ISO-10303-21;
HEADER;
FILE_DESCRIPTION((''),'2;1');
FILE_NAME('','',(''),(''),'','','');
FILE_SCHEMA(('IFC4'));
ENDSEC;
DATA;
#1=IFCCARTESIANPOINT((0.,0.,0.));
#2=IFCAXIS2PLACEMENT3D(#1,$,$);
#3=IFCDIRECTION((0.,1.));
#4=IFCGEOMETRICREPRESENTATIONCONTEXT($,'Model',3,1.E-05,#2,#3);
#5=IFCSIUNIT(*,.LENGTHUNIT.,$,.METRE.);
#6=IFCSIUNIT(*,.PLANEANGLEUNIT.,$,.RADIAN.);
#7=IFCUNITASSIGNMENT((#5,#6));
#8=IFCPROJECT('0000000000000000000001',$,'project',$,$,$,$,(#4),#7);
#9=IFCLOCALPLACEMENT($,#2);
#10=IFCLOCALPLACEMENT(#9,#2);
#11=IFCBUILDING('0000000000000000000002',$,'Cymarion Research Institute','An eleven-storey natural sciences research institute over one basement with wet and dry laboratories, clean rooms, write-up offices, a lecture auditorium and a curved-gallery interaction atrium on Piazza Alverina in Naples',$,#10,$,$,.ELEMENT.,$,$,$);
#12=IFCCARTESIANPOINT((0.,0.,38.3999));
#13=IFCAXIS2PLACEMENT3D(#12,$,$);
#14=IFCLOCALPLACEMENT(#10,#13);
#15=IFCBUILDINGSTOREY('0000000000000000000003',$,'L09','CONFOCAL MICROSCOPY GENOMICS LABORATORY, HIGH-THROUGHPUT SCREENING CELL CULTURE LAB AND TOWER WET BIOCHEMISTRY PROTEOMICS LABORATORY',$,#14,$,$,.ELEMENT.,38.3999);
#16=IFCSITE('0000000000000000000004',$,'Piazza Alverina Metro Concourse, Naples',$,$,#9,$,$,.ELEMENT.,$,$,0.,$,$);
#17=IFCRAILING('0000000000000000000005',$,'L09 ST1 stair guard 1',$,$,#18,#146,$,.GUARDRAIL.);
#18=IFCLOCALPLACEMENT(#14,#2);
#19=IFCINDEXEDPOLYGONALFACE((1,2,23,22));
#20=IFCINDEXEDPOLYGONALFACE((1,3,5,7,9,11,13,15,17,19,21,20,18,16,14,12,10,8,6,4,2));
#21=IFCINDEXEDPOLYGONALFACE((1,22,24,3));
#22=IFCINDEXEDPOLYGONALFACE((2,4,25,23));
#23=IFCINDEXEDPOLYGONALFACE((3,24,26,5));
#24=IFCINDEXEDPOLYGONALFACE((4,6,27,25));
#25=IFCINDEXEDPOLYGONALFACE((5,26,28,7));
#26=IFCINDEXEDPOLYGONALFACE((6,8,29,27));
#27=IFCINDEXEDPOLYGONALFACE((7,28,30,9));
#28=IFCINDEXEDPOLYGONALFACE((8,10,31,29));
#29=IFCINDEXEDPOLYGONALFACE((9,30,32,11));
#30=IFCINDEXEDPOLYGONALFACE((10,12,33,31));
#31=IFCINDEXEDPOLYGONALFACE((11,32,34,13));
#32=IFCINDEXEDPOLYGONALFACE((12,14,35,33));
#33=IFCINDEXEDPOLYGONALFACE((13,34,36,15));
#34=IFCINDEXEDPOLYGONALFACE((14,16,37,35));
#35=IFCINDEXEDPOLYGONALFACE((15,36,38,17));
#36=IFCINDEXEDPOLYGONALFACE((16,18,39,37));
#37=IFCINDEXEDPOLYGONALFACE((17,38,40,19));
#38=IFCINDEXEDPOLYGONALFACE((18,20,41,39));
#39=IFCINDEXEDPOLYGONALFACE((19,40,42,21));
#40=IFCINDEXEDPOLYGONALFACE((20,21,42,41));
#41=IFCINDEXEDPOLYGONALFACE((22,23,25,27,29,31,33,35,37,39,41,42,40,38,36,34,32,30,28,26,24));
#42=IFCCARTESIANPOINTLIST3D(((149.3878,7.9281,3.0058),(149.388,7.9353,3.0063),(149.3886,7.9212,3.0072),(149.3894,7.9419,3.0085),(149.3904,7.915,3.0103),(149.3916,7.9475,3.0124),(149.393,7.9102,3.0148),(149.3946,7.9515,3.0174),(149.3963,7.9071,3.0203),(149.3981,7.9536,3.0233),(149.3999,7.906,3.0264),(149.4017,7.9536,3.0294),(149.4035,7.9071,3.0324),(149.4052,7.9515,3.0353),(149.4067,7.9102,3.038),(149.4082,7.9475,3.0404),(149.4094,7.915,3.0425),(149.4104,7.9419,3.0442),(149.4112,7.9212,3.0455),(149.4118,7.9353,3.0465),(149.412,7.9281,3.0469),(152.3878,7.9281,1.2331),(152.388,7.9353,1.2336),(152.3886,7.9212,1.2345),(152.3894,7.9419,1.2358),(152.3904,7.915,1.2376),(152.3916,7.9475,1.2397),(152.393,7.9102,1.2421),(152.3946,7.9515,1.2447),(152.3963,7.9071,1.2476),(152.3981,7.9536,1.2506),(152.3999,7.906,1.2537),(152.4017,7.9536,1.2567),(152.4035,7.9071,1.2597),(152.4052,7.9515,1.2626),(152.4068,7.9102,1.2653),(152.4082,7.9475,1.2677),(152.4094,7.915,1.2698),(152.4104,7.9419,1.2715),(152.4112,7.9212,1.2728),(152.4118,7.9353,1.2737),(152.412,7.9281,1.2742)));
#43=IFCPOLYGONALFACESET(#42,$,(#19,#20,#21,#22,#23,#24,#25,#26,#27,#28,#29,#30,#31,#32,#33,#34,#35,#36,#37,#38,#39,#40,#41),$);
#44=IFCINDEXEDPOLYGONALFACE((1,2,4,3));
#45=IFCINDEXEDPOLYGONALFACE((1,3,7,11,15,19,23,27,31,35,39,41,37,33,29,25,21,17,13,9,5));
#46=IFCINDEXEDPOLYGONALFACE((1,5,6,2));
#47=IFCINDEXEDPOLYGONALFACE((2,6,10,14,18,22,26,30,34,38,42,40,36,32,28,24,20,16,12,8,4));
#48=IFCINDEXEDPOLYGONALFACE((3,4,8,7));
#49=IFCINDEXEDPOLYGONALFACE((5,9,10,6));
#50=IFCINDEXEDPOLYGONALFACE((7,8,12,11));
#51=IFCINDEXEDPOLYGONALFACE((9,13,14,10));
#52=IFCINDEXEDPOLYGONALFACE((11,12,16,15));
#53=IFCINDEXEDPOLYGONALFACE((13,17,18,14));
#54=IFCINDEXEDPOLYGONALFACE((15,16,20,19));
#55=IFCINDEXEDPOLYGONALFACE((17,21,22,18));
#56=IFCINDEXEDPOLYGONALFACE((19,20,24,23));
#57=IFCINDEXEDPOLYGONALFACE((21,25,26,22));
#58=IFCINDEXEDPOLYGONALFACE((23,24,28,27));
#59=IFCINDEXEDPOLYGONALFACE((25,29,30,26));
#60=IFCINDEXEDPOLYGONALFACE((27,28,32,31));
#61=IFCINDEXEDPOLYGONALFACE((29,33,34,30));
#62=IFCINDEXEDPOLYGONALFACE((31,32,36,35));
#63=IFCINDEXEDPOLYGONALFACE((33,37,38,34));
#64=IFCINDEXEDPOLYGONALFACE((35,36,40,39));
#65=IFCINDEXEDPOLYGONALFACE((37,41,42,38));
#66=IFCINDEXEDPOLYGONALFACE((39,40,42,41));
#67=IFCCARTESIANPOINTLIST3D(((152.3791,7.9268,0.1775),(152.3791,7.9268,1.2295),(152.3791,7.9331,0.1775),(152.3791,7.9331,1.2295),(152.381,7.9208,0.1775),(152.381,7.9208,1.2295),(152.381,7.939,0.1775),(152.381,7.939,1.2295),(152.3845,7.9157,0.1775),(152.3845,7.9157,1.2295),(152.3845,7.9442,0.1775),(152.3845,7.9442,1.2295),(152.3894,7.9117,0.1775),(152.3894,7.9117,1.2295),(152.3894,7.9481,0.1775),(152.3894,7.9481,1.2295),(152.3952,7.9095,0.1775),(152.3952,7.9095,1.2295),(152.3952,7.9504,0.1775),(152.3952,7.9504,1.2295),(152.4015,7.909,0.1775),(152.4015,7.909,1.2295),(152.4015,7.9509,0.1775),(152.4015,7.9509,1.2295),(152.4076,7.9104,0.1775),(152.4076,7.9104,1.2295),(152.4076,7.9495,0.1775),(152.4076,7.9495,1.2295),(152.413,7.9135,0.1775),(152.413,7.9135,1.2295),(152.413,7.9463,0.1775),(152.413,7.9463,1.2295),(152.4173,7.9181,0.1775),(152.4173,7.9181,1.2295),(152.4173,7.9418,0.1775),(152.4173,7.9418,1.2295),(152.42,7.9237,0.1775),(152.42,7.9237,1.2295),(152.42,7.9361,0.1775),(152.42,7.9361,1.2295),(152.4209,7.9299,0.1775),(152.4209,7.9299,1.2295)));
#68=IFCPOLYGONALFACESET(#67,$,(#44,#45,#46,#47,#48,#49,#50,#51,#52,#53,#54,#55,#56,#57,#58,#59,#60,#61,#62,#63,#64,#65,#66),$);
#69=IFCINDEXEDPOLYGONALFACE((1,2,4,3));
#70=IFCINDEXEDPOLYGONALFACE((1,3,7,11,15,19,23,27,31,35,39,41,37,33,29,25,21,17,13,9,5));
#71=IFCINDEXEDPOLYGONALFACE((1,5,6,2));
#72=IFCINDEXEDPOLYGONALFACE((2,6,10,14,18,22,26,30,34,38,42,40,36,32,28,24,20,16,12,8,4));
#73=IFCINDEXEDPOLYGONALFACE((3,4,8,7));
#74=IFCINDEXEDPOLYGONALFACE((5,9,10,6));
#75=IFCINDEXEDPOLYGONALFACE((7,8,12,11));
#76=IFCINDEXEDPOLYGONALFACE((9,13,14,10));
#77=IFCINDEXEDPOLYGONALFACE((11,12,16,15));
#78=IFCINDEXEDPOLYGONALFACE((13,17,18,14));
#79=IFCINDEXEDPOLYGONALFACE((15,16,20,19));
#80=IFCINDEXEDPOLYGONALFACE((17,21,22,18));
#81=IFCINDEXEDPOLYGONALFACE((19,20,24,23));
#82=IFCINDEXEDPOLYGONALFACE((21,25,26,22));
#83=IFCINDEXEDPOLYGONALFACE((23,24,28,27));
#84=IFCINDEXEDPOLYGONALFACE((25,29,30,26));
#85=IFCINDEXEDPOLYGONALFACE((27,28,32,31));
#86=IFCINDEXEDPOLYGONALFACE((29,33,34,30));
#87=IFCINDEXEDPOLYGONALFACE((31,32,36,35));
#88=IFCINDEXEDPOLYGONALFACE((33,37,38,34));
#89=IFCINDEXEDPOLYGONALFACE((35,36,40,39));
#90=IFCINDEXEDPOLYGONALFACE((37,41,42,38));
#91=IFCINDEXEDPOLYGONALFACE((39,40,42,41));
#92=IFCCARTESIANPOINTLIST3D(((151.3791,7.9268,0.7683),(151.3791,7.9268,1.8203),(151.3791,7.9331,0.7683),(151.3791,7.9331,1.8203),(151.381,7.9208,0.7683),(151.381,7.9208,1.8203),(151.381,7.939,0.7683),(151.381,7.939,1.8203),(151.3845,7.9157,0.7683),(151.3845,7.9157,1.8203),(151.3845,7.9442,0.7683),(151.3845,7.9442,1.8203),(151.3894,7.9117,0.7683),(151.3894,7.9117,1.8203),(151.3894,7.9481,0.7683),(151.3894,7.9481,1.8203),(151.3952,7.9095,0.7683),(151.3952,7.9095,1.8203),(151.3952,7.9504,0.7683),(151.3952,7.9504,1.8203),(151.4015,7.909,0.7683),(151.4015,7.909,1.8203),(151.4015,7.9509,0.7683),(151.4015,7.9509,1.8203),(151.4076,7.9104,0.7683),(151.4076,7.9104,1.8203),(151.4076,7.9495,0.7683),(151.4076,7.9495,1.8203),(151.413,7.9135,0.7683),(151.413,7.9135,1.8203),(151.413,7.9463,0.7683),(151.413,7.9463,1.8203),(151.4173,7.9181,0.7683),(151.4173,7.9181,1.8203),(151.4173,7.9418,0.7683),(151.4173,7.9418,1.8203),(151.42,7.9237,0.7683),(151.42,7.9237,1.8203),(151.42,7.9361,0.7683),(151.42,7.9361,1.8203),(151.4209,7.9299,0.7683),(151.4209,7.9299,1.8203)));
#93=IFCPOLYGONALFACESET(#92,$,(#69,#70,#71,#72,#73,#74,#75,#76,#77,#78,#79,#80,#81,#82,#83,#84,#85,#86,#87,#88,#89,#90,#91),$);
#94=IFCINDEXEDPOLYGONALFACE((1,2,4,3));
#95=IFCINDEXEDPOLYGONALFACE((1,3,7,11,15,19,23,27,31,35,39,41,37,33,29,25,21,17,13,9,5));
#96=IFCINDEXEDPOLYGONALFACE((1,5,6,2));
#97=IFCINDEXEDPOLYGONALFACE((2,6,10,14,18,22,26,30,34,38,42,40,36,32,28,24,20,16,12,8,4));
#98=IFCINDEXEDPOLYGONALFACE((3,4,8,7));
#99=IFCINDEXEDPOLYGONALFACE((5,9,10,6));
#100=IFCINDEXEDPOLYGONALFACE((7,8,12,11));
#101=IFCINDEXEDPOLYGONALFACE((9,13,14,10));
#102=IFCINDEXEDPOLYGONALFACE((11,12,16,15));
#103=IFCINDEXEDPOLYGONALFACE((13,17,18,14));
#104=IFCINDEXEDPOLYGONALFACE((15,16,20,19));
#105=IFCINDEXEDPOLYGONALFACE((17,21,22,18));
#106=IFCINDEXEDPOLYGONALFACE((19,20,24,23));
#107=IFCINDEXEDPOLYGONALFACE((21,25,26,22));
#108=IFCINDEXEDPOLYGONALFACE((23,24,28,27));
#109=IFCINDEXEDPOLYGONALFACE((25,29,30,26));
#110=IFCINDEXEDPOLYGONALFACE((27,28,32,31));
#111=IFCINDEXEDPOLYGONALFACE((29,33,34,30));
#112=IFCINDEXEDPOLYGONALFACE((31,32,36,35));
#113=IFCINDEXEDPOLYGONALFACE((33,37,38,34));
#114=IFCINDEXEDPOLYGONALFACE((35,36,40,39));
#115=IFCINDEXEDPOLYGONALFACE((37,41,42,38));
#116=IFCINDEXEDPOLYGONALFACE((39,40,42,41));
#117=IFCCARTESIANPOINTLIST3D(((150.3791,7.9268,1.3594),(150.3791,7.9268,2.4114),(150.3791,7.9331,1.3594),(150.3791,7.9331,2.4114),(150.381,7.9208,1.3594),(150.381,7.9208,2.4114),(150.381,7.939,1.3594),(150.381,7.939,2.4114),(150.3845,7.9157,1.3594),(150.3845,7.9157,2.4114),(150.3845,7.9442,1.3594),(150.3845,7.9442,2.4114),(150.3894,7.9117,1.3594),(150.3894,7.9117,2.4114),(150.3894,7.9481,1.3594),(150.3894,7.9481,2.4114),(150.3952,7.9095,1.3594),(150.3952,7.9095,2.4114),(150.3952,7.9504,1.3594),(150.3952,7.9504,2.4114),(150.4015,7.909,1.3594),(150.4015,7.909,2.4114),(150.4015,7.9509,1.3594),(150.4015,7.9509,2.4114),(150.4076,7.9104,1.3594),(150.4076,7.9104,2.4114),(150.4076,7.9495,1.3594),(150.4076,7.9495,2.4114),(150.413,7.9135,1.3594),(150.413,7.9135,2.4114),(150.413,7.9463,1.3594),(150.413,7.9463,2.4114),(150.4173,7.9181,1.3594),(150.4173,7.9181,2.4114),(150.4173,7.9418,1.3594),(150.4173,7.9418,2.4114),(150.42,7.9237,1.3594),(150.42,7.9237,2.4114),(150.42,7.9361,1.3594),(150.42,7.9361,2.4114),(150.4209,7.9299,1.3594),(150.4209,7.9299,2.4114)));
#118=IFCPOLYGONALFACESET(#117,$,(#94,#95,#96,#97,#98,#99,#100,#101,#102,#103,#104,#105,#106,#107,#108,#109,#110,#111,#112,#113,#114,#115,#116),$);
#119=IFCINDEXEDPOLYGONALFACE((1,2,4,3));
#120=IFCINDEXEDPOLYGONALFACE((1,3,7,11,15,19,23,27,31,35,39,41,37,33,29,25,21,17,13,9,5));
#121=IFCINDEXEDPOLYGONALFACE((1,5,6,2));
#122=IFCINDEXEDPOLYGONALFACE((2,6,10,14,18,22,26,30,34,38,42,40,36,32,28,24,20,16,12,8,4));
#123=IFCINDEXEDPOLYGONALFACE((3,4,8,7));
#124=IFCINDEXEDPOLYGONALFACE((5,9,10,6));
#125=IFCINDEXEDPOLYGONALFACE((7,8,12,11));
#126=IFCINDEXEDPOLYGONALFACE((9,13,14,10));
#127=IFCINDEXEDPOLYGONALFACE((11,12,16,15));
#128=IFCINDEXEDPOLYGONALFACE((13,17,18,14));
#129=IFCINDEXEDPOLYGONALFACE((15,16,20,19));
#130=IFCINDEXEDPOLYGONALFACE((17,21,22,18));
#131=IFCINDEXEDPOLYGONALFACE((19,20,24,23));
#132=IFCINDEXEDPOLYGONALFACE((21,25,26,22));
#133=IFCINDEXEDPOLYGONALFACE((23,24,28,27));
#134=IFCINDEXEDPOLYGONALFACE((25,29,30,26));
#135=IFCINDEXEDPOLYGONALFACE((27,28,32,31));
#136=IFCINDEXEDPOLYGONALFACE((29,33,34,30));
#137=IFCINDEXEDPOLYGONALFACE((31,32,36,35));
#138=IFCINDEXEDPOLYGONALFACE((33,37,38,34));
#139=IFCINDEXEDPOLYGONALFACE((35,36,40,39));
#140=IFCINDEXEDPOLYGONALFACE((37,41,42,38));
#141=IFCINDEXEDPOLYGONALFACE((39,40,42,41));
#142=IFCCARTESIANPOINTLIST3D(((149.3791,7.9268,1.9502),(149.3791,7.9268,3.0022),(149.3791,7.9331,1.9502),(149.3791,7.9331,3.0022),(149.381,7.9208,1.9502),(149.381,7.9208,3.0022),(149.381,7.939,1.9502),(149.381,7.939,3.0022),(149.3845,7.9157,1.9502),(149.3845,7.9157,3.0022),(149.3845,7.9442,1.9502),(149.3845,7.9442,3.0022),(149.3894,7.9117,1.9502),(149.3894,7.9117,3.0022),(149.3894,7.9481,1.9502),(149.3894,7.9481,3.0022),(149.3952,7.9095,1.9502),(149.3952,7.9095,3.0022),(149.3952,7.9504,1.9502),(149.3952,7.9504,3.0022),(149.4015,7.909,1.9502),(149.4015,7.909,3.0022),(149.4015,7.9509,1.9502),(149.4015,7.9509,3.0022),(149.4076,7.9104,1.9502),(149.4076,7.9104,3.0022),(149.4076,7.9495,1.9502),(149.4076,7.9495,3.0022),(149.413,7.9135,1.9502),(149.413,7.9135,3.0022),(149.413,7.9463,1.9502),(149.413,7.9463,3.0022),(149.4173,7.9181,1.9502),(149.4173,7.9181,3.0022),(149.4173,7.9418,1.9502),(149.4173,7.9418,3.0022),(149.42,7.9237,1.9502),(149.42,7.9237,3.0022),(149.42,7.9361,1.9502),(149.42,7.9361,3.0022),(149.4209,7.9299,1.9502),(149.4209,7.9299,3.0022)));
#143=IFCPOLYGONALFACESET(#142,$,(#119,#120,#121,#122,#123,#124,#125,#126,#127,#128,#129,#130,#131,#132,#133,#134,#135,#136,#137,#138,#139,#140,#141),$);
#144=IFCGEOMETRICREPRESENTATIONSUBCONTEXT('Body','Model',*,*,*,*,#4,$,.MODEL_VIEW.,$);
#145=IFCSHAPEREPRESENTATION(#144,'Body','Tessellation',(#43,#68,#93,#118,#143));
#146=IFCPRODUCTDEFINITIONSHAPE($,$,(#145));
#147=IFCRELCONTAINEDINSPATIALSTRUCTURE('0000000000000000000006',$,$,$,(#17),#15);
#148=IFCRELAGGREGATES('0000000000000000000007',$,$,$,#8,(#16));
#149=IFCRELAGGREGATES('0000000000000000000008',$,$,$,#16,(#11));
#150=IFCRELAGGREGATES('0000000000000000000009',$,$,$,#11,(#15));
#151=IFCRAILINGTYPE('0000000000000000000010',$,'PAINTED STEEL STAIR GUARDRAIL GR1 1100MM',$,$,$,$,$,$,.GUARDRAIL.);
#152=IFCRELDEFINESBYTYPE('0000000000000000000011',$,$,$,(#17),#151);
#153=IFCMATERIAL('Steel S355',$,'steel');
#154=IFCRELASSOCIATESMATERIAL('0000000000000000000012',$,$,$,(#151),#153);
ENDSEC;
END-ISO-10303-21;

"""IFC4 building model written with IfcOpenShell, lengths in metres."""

from ifc_helpers import new_model, si_unit, direction, frame, origin, origin_2d, place, context, subcontext, project, spatial, circle, extrude, material, type_object, element, save


model = new_model("IFC4")

# Units and contexts
model_context = context("Model", 3, precision=1e-05, world=origin(), true_north=direction((0.0, 1.0)))
body_context = subcontext(model_context, "Body", "Model", "MODEL_VIEW")
ifc_project = project(units=[si_unit("LENGTHUNIT", "METRE"), si_unit("PLANEANGLEUNIT", "RADIAN")], contexts=[model_context])

# Site, building, storey
site_placement = place(None, origin())
site = spatial("IfcSite", under=ifc_project, at=site_placement, Name="Piazza Alverina Metro Concourse, Naples", CompositionType="ELEMENT", RefElevation=0.0)
building_placement = place(site_placement, origin())
building = spatial("IfcBuilding", under=site, at=building_placement, Name="Cymarion Research Institute", Description="An eleven-storey natural sciences research institute over one basement with wet and dry laboratories, clean rooms, write-up offices, a lecture auditorium and a curved-gallery interaction atrium on Piazza Alverina in Naples", CompositionType="ELEMENT")
storey_placement = place(building_placement, frame((0.0, 0.0, 38.3999)))
storey = spatial("IfcBuildingStorey", under=building, at=storey_placement, Name="L09", Description="CONFOCAL MICROSCOPY GENOMICS LABORATORY, HIGH-THROUGHPUT SCREENING CELL CULTURE LAB AND TOWER WET BIOCHEMISTRY PROTEOMICS LABORATORY", CompositionType="ELEMENT", Elevation=38.3999)

# Shared definitions
ifc_material_1 = material(Name="Steel S355", Category="steel")

# Railing
railing_type_1 = type_object("IfcRailingType", Name="PAINTED STEEL STAIR GUARDRAIL GR1 1100MM", PredefinedType="GUARDRAIL", material=ifc_material_1)
railing_1_placement = place(storey_placement, frame((152.3999, 7.9299, 0.1775)))
element("IfcRailing", 1, at=railing_1_placement, inside=storey, type_object=railing_type_1, Name="L09 ST1 stair guard 1", PredefinedType="GUARDRAIL", context=body_context, shape_type="SweptSolid", body=[
    extrude(circle(Radius=0.0239, at=origin_2d()), frame((0.0, 0.0, 1.0762), z_axis=(-0.860929, 0.0, 0.508725), x_axis=(0.0, -1.0, 0.0)), (0.0, 0.0, 1.0), 3.4846),
    extrude(circle(Radius=0.021, at=origin_2d()), origin(), (0.0, 0.0, 1.0), 1.052),
    extrude(circle(Radius=0.021, at=origin_2d()), frame((-1.0, 0.0, 0.5908)), (0.0, 0.0, 1.0), 1.052),
    extrude(circle(Radius=0.021, at=origin_2d()), frame((-2.0, 0.0, 1.1819)), (0.0, 0.0, 1.0), 1.052),
    extrude(circle(Radius=0.021, at=origin_2d()), frame((-3.0, 0.0, 1.7727)), (0.0, 0.0, 1.0), 1.052),
])

save(model, "model.ifc")
